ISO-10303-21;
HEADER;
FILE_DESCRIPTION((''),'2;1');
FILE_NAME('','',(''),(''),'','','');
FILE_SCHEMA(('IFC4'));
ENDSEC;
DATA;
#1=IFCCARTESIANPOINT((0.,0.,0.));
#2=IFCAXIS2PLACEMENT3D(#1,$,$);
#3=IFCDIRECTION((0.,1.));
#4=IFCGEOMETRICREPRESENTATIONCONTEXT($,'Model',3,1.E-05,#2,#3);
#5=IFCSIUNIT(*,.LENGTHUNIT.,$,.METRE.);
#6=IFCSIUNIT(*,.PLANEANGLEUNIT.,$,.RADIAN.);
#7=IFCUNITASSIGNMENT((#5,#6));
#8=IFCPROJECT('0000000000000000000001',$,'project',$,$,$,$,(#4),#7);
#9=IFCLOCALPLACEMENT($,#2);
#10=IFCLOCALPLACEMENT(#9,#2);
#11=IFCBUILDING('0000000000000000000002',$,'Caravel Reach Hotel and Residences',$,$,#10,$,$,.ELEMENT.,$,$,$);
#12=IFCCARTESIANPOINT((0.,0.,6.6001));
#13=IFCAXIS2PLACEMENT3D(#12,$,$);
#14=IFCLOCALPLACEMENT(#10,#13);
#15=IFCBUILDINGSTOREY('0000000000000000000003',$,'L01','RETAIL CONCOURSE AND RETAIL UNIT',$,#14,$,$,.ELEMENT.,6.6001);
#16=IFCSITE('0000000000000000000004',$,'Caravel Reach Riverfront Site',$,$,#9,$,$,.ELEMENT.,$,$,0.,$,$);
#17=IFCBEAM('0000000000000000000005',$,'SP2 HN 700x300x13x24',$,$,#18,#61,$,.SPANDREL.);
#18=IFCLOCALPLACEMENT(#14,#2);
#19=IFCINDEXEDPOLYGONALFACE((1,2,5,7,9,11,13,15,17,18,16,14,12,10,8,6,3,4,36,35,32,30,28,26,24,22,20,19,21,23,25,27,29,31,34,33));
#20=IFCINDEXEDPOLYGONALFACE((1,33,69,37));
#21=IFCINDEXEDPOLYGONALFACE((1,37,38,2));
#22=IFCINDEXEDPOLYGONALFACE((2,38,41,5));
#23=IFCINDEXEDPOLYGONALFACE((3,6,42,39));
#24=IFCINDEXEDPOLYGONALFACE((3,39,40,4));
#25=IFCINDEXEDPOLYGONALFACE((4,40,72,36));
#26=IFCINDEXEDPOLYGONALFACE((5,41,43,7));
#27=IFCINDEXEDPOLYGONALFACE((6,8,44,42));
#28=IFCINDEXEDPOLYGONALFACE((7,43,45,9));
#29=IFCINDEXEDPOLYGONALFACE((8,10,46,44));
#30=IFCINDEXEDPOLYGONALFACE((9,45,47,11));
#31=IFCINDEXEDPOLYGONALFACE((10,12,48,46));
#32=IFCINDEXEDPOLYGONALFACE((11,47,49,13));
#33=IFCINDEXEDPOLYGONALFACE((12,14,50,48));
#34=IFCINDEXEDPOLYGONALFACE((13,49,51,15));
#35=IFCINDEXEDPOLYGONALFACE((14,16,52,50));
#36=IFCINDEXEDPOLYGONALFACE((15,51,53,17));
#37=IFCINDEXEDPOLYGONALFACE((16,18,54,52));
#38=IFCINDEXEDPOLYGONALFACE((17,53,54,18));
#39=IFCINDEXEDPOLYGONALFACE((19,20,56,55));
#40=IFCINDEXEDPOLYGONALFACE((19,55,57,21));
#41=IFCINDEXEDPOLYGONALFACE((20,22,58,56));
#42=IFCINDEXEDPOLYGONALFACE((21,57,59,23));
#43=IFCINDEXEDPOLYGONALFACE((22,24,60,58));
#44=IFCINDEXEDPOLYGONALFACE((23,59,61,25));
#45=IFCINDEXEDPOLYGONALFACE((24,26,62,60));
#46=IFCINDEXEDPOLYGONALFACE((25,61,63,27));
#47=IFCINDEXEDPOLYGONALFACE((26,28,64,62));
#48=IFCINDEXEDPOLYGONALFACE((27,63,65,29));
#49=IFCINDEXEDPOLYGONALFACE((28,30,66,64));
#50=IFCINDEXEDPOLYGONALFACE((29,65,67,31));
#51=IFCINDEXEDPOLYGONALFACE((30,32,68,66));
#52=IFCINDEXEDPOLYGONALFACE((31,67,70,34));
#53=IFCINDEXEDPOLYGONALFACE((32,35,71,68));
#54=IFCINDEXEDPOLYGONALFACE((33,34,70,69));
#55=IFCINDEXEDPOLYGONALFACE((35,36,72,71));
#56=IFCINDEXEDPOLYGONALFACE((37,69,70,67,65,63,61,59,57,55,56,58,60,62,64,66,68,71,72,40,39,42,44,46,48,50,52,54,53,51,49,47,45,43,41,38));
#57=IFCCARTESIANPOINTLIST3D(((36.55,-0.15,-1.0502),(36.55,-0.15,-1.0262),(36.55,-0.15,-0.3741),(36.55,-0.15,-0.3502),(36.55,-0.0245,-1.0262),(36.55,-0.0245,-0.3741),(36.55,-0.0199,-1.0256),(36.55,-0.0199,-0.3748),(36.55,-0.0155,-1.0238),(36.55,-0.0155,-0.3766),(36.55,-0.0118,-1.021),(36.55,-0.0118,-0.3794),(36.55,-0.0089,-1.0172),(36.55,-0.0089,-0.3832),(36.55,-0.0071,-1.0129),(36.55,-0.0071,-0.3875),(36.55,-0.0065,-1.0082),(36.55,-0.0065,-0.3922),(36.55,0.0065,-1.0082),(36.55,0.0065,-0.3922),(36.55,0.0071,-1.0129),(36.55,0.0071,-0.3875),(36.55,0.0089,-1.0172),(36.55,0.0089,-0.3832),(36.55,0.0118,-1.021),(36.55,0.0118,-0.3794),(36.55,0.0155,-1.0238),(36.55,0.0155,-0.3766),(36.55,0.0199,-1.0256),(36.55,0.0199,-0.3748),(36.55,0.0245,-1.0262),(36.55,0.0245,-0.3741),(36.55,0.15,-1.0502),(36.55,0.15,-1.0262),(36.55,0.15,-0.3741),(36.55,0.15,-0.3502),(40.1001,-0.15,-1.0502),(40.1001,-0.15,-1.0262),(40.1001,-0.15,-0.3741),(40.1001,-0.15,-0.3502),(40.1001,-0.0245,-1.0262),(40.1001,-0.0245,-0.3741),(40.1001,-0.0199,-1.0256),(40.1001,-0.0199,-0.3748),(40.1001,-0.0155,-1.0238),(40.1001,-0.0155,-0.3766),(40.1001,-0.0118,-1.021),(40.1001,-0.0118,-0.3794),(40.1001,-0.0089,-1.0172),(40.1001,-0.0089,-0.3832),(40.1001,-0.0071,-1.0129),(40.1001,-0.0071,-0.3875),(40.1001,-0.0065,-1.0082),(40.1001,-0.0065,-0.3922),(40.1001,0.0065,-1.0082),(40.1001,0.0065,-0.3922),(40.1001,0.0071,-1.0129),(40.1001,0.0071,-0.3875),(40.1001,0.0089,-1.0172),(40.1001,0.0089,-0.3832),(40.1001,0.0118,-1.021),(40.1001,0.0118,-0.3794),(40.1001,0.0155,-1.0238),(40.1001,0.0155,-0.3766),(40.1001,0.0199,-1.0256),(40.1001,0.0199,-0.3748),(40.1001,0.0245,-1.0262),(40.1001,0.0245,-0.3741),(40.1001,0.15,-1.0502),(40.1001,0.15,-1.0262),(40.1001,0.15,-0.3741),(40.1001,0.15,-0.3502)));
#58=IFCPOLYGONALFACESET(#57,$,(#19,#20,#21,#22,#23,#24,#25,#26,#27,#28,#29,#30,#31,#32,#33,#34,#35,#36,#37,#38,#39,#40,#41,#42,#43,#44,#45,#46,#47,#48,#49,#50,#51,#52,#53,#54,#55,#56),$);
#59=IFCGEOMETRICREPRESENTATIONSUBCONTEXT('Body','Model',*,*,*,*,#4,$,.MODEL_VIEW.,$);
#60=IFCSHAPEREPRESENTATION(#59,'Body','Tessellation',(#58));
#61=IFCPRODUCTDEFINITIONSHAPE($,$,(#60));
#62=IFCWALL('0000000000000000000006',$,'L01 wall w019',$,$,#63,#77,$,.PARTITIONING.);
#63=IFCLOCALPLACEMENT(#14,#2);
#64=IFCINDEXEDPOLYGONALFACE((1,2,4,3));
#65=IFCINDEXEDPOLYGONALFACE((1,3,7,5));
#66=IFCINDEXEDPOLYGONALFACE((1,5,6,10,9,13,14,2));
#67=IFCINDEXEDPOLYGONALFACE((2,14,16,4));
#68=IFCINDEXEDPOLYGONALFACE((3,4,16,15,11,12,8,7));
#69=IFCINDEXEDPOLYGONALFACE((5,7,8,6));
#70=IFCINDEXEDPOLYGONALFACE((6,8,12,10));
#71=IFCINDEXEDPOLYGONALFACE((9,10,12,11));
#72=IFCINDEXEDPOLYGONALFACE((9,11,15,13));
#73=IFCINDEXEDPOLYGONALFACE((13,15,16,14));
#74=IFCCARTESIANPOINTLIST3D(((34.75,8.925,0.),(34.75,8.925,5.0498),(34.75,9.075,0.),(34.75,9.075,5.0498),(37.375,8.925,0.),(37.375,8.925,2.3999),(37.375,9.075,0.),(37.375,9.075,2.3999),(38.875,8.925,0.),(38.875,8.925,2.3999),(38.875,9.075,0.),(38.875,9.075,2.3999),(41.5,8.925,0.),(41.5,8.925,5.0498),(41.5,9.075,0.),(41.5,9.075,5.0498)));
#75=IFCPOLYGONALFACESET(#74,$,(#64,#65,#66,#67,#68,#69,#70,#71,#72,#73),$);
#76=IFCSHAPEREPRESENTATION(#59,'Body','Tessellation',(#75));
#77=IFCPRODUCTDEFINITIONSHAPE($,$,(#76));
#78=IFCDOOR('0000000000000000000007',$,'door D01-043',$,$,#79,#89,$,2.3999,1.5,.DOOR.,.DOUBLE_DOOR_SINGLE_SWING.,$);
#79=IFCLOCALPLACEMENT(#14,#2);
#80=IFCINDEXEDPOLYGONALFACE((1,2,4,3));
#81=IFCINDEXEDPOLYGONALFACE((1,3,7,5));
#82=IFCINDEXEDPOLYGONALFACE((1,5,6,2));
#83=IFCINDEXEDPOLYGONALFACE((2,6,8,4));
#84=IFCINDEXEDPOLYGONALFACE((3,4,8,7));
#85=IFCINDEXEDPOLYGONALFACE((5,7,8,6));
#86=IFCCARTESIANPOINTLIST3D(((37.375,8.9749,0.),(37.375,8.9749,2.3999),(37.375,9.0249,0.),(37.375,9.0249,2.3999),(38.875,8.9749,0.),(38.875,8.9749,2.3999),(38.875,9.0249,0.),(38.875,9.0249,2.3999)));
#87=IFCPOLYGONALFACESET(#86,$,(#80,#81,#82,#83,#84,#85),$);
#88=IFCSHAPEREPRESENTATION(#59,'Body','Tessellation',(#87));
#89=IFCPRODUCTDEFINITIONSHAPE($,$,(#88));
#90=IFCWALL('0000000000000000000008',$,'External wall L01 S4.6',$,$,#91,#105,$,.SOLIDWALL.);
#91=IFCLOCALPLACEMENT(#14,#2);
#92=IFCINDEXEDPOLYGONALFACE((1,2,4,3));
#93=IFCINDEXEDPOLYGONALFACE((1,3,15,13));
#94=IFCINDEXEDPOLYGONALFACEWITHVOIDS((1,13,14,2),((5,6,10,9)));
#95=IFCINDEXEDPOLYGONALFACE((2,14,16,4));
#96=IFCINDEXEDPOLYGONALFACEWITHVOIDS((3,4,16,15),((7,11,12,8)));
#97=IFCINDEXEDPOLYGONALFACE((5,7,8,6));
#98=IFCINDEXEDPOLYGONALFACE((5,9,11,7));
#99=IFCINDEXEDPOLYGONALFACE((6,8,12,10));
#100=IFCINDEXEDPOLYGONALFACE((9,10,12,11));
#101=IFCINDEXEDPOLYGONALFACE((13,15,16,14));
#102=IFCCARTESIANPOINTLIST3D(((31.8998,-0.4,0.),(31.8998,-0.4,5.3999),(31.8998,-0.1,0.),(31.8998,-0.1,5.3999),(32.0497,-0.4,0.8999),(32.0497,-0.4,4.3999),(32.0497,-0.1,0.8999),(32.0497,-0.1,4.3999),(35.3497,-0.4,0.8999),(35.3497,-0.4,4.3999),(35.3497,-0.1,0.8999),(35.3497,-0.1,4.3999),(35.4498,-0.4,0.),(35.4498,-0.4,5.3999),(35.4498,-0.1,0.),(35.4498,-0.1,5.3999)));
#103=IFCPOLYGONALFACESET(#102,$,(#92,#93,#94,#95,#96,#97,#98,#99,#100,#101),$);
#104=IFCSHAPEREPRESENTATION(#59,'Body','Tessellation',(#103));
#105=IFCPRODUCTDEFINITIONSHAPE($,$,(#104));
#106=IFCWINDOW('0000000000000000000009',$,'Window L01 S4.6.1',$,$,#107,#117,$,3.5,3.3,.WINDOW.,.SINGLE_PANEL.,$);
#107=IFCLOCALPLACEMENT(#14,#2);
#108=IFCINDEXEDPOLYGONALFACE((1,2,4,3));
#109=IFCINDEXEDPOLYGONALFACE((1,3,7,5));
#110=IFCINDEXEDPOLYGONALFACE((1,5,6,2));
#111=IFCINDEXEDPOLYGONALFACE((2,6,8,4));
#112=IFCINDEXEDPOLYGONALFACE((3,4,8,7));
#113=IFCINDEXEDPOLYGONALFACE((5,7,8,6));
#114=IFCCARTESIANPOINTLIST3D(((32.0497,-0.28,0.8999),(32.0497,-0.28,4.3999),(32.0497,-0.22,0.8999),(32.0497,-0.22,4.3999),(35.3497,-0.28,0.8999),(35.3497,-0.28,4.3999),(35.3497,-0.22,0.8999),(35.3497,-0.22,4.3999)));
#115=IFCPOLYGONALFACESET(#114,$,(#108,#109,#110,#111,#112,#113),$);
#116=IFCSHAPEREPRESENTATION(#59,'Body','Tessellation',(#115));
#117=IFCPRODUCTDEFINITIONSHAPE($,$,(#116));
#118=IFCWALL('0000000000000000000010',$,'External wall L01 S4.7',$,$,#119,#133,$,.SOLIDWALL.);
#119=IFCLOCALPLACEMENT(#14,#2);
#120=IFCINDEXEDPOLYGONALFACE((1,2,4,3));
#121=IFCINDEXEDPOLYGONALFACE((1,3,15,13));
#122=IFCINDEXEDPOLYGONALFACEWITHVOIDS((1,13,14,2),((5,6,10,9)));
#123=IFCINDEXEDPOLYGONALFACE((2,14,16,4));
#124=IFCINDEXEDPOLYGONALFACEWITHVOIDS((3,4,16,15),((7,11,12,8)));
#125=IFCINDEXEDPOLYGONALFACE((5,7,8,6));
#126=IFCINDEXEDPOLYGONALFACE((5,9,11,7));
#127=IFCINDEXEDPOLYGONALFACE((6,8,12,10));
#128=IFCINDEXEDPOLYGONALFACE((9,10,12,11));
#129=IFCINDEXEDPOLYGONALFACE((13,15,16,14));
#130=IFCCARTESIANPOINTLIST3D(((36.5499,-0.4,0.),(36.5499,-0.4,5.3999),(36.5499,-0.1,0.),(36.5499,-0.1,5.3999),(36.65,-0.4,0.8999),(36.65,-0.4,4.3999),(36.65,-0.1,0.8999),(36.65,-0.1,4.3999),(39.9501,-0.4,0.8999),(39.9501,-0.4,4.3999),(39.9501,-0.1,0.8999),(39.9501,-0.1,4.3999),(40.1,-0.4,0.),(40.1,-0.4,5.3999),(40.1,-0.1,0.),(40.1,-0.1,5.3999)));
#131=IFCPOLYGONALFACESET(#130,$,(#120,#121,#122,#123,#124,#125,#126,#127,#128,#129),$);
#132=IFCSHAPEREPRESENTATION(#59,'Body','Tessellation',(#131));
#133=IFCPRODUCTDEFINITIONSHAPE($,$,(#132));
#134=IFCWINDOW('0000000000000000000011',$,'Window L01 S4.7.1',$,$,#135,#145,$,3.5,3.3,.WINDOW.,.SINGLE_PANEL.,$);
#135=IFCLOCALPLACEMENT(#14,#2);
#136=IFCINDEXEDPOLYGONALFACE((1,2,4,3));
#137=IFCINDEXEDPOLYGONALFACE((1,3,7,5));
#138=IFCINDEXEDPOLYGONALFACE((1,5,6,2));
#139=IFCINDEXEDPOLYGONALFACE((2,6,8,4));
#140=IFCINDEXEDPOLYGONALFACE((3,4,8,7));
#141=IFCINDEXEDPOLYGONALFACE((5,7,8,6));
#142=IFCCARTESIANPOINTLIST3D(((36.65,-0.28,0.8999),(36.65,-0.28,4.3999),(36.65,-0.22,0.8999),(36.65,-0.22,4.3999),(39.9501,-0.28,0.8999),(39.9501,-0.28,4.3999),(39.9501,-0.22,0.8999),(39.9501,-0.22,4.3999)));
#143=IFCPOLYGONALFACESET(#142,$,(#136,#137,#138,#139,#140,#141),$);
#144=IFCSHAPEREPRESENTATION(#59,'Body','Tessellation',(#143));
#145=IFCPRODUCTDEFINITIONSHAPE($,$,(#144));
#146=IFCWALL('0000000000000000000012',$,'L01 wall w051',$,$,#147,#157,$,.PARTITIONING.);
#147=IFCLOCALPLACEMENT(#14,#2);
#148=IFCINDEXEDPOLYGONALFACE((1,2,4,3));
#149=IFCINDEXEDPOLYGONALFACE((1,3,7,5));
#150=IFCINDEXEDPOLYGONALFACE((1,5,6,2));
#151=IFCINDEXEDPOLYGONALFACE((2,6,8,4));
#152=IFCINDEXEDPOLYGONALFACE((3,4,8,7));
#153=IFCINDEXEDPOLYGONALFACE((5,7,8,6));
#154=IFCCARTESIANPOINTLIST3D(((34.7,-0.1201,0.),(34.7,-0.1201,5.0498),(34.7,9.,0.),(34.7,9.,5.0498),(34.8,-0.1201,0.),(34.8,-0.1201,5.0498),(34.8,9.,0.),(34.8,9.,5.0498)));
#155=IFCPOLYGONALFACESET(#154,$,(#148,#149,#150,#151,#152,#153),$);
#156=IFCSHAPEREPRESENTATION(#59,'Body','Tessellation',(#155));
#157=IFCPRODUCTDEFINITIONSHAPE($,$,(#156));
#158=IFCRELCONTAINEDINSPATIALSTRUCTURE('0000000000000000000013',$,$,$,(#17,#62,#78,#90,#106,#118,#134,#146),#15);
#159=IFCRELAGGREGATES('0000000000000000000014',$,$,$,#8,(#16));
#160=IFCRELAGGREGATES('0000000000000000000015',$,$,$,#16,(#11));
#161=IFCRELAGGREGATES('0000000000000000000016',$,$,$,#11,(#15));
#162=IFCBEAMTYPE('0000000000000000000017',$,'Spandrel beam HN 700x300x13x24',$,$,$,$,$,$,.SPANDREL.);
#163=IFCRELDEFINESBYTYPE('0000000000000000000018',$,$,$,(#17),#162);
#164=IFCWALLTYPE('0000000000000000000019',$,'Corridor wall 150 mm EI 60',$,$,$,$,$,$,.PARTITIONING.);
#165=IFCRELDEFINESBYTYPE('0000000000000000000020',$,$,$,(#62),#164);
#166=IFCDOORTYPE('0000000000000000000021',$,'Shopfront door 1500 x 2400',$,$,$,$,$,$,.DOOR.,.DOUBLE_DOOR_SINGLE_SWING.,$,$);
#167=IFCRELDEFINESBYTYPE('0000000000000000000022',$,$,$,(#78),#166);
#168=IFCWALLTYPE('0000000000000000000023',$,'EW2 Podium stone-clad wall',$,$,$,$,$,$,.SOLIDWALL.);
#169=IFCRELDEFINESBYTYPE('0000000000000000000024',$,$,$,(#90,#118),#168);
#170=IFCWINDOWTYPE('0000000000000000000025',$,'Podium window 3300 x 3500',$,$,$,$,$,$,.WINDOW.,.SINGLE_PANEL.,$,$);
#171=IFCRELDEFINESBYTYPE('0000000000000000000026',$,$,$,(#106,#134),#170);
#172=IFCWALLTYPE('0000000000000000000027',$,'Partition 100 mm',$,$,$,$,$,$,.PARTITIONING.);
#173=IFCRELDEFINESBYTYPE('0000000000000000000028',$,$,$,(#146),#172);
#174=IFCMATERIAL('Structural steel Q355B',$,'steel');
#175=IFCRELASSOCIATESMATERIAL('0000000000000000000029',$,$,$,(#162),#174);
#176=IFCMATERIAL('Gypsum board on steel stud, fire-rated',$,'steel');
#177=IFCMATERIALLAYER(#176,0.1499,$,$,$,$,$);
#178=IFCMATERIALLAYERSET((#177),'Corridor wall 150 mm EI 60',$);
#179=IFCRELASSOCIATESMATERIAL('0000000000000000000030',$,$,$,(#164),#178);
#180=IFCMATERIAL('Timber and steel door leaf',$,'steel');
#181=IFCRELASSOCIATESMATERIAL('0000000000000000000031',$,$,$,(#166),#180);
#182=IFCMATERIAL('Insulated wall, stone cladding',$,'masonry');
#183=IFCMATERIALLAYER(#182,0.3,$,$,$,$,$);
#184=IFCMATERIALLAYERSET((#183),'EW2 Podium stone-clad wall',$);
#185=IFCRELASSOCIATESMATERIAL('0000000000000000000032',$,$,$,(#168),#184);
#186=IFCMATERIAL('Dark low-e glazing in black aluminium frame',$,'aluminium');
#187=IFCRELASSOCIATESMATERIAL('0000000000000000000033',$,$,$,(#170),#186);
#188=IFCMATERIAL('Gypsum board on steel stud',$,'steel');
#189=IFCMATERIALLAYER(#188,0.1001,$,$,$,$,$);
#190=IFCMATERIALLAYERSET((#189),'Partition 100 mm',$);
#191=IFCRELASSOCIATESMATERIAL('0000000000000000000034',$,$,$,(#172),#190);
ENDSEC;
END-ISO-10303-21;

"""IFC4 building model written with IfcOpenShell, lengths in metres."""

from ifc_helpers import new_model, si_unit, direction, frame, frame_2d, origin, origin_2d, place, context, subcontext, project, spatial, rectangle, i_section, extrude, material, layer, layer_set, material_profile, profile_set, type_object, element, fill, save


model = new_model("IFC4")

# Units and contexts
model_context = context("Model", 3, precision=1e-05, world=origin(), true_north=direction((0.0, 1.0)))
body_context = subcontext(model_context, "Body", "Model", "MODEL_VIEW")
ifc_project = project(units=[si_unit("LENGTHUNIT", "METRE"), si_unit("PLANEANGLEUNIT", "RADIAN")], contexts=[model_context])

# Site, building, storey
site_placement = place(None, origin())
site = spatial("IfcSite", under=ifc_project, at=site_placement, Name="Caravel Reach Riverfront Site", CompositionType="ELEMENT", RefElevation=0.0)
building_placement = place(site_placement, origin())
building = spatial("IfcBuilding", under=site, at=building_placement, Name="Caravel Reach Hotel and Residences", CompositionType="ELEMENT")
storey_placement = place(building_placement, frame((0.0, 0.0, 6.6001)))
storey = spatial("IfcBuildingStorey", under=building, at=storey_placement, Name="L01", Description="RETAIL CONCOURSE AND RETAIL UNIT", CompositionType="ELEMENT", Elevation=6.6001)

# Beam
ifc_material_1 = material(Name="Structural steel Q355B", Category="steel")
ifc_material_profile_1 = material_profile(ifc_material_1, i_section(OverallWidth=0.3, OverallDepth=0.7, WebThickness=0.0129, FlangeThickness=0.0239, FilletRadius=0.0181, at=origin_2d()), Name="HN 700x300x13x24")
ifc_profile_set_1 = profile_set([ifc_material_profile_1], Name="Structural steel Q355B")
beam_type = type_object("IfcBeamType", Name="Spandrel beam HN 700x300x13x24", PredefinedType="SPANDREL", material=ifc_profile_set_1)
for number, where, z_axis, x_axis, name in (
    (1, (36.55, 0.0, -0.7002), (1.0, 0.0, 0.0), (0.0, 1.0, 0.0), "SP2 HN 700x300x13x24"),
):
    element("IfcBeam", number, at=place(storey_placement, frame(where, z_axis=z_axis, x_axis=x_axis)), inside=storey, type_object=beam_type, Name=name, PredefinedType="SPANDREL", context=body_context, shape_type="SweptSolid", body=[
        extrude(i_section(OverallWidth=0.3, OverallDepth=0.7, WebThickness=0.0129, FlangeThickness=0.0239, FilletRadius=0.0181, at=origin_2d()), origin(), (0.0, 0.0, 1.0), 3.55),
    ])

# Wall, opening, door
ifc_material_2 = material(Name="Gypsum board on steel stud, fire-rated", Category="steel")
ifc_layer_1 = layer(ifc_material_2, 0.1499)
ifc_layer_set_1 = layer_set([ifc_layer_1], Name="Corridor wall 150 mm EI 60")
wall_type_1 = type_object("IfcWallType", Name="Corridor wall 150 mm EI 60", PredefinedType="PARTITIONING", material=ifc_layer_set_1)
wall_1_placement = place(storey_placement, frame((34.75, 9.0, 0.0), z_axis=(0.0, 0.0, 1.0), x_axis=(1.0, 0.0, 0.0)))
wall_1 = element("IfcWall", 2, at=wall_1_placement, inside=storey, type_object=wall_type_1, Name="L01 wall w019", PredefinedType="PARTITIONING", context=body_context, shape_type="SweptSolid", body=[
    extrude(rectangle(XDim=6.75, YDim=0.1499, at=frame_2d((3.375, 0.0))), origin(), (0.0, 0.0, 1.0), 5.0498),
])
opening_1_placement = place(wall_1_placement, frame((2.625, 0.0, 0.0)))
opening_1 = element("IfcOpeningElement", 3, at=opening_1_placement, cuts=wall_1, PredefinedType="OPENING", context=body_context, shape_type="SweptSolid", body=[
    extrude(rectangle(XDim=1.5, YDim=2.3999, at=frame_2d((0.75, 1.2))), frame((0.0, 0.085, 0.0), z_axis=(0.0, -1.0, 0.0), x_axis=(1.0, 0.0, 0.0)), (0.0, 0.0, 1.0), 0.1699),
])
ifc_material_3 = material(Name="Timber and steel door leaf", Category="steel")
door_type = type_object("IfcDoorType", Name="Shopfront door 1500 x 2400", OperationType="DOUBLE_DOOR_SINGLE_SWING", PredefinedType="DOOR", material=ifc_material_3)
door_placement = place(opening_1_placement, origin())
door = element("IfcDoor", 4, at=door_placement, inside=storey, type_object=door_type, Name="door D01-043", OperationType="DOUBLE_DOOR_SINGLE_SWING", OverallHeight=2.3999, OverallWidth=1.5, PredefinedType="DOOR", context=body_context, shape_type="SweptSolid", body=[
    extrude(rectangle(XDim=1.5, YDim=2.3999, at=frame_2d((0.75, 1.2))), frame((0.0, 0.0249, 0.0), z_axis=(0.0, -1.0, 0.0), x_axis=(1.0, 0.0, 0.0)), (0.0, 0.0, 1.0), 0.05),
])
fill(opening_1, door)

# Walls, openings, windows
ifc_material_4 = material(Name="Insulated wall, stone cladding", Category="masonry")
ifc_layer_2 = layer(ifc_material_4, 0.3)
ifc_layer_set_2 = layer_set([ifc_layer_2], Name="EW2 Podium stone-clad wall")
wall_type_2 = type_object("IfcWallType", Name="EW2 Podium stone-clad wall", PredefinedType="SOLIDWALL", material=ifc_layer_set_2)
wall_2_placement = place(storey_placement, frame((31.8999, -0.25, 0.0), z_axis=(0.0, 0.0, 1.0), x_axis=(1.0, 0.0, 0.0)))
wall_2 = element("IfcWall", 5, at=wall_2_placement, inside=storey, type_object=wall_type_2, Name="External wall L01 S4.6", PredefinedType="SOLIDWALL", context=body_context, shape_type="SweptSolid", body=[
    extrude(rectangle(XDim=3.55, YDim=0.3, at=frame_2d((1.7749, 0.0))), origin(), (0.0, 0.0, 1.0), 5.3999),
])
opening_2_placement = place(wall_2_placement, frame((0.1499, 0.0, 0.8999)))
opening_2 = element("IfcOpeningElement", 6, at=opening_2_placement, cuts=wall_2, PredefinedType="OPENING", context=body_context, shape_type="SweptSolid", body=[
    extrude(rectangle(XDim=3.3, YDim=3.5, at=frame_2d((1.6499, 1.75))), frame((0.0, 0.1599, 0.0), z_axis=(0.0, -1.0, 0.0), x_axis=(1.0, 0.0, 0.0)), (0.0, 0.0, 1.0), 0.3201),
])
ifc_material_5 = material(Name="Dark low-e glazing in black aluminium frame", Category="aluminium")
window_type = type_object("IfcWindowType", Name="Podium window 3300 x 3500", PartitioningType="SINGLE_PANEL", PredefinedType="WINDOW", material=ifc_material_5)
window_1_placement = place(opening_2_placement, origin())
window_1 = element("IfcWindow", 7, at=window_1_placement, inside=storey, type_object=window_type, Name="Window L01 S4.6.1", OverallHeight=3.5, OverallWidth=3.3, PartitioningType="SINGLE_PANEL", PredefinedType="WINDOW", context=body_context, shape_type="SweptSolid", body=[
    extrude(rectangle(XDim=3.3, YDim=3.5, at=frame_2d((1.6499, 1.75))), frame((0.0, 0.03, 0.0), z_axis=(0.0, -1.0, 0.0), x_axis=(1.0, 0.0, 0.0)), (0.0, 0.0, 1.0), 0.0601),
])
fill(opening_2, window_1)
wall_3_placement = place(storey_placement, frame((36.55, -0.25, 0.0), z_axis=(0.0, 0.0, 1.0), x_axis=(1.0, 0.0, 0.0)))
wall_3 = element("IfcWall", 8, at=wall_3_placement, inside=storey, type_object=wall_type_2, Name="External wall L01 S4.7", PredefinedType="SOLIDWALL", context=body_context, shape_type="SweptSolid", body=[
    extrude(rectangle(XDim=3.55, YDim=0.3, at=frame_2d((1.7749, 0.0))), origin(), (0.0, 0.0, 1.0), 5.3999),
])
opening_3_placement = place(wall_3_placement, frame((0.1001, 0.0, 0.8999)))
opening_3 = element("IfcOpeningElement", 9, at=opening_3_placement, cuts=wall_3, PredefinedType="OPENING", context=body_context, shape_type="SweptSolid", body=[
    extrude(rectangle(XDim=3.3, YDim=3.5, at=frame_2d((1.6499, 1.75))), frame((0.0, 0.1599, 0.0), z_axis=(0.0, -1.0, 0.0), x_axis=(1.0, 0.0, 0.0)), (0.0, 0.0, 1.0), 0.3201),
])
window_2_placement = place(opening_3_placement, origin())
window_2 = element("IfcWindow", 10, at=window_2_placement, inside=storey, type_object=window_type, Name="Window L01 S4.7.1", OverallHeight=3.5, OverallWidth=3.3, PartitioningType="SINGLE_PANEL", PredefinedType="WINDOW", context=body_context, shape_type="SweptSolid", body=[
    extrude(rectangle(XDim=3.3, YDim=3.5, at=frame_2d((1.6499, 1.75))), frame((0.0, 0.03, 0.0), z_axis=(0.0, -1.0, 0.0), x_axis=(1.0, 0.0, 0.0)), (0.0, 0.0, 1.0), 0.0601),
])
fill(opening_3, window_2)

# Wall
ifc_material_6 = material(Name="Gypsum board on steel stud", Category="steel")
ifc_layer_3 = layer(ifc_material_6, 0.1001)
ifc_layer_set_3 = layer_set([ifc_layer_3], Name="Partition 100 mm")
wall_type_3 = type_object("IfcWallType", Name="Partition 100 mm", PredefinedType="PARTITIONING", material=ifc_layer_set_3)
wall_4_placement = place(storey_placement, frame((34.75, -0.1201, 0.0), z_axis=(0.0, 0.0, 1.0), x_axis=(0.0, 1.0, 0.0)))
element("IfcWall", 11, at=wall_4_placement, inside=storey, type_object=wall_type_3, Name="L01 wall w051", PredefinedType="PARTITIONING", context=body_context, shape_type="SweptSolid", body=[
    extrude(rectangle(XDim=9.1201, YDim=0.1001, at=frame_2d((4.5601, 0.0))), origin(), (0.0, 0.0, 1.0), 5.0498),
])

save(model, "model.ifc")
